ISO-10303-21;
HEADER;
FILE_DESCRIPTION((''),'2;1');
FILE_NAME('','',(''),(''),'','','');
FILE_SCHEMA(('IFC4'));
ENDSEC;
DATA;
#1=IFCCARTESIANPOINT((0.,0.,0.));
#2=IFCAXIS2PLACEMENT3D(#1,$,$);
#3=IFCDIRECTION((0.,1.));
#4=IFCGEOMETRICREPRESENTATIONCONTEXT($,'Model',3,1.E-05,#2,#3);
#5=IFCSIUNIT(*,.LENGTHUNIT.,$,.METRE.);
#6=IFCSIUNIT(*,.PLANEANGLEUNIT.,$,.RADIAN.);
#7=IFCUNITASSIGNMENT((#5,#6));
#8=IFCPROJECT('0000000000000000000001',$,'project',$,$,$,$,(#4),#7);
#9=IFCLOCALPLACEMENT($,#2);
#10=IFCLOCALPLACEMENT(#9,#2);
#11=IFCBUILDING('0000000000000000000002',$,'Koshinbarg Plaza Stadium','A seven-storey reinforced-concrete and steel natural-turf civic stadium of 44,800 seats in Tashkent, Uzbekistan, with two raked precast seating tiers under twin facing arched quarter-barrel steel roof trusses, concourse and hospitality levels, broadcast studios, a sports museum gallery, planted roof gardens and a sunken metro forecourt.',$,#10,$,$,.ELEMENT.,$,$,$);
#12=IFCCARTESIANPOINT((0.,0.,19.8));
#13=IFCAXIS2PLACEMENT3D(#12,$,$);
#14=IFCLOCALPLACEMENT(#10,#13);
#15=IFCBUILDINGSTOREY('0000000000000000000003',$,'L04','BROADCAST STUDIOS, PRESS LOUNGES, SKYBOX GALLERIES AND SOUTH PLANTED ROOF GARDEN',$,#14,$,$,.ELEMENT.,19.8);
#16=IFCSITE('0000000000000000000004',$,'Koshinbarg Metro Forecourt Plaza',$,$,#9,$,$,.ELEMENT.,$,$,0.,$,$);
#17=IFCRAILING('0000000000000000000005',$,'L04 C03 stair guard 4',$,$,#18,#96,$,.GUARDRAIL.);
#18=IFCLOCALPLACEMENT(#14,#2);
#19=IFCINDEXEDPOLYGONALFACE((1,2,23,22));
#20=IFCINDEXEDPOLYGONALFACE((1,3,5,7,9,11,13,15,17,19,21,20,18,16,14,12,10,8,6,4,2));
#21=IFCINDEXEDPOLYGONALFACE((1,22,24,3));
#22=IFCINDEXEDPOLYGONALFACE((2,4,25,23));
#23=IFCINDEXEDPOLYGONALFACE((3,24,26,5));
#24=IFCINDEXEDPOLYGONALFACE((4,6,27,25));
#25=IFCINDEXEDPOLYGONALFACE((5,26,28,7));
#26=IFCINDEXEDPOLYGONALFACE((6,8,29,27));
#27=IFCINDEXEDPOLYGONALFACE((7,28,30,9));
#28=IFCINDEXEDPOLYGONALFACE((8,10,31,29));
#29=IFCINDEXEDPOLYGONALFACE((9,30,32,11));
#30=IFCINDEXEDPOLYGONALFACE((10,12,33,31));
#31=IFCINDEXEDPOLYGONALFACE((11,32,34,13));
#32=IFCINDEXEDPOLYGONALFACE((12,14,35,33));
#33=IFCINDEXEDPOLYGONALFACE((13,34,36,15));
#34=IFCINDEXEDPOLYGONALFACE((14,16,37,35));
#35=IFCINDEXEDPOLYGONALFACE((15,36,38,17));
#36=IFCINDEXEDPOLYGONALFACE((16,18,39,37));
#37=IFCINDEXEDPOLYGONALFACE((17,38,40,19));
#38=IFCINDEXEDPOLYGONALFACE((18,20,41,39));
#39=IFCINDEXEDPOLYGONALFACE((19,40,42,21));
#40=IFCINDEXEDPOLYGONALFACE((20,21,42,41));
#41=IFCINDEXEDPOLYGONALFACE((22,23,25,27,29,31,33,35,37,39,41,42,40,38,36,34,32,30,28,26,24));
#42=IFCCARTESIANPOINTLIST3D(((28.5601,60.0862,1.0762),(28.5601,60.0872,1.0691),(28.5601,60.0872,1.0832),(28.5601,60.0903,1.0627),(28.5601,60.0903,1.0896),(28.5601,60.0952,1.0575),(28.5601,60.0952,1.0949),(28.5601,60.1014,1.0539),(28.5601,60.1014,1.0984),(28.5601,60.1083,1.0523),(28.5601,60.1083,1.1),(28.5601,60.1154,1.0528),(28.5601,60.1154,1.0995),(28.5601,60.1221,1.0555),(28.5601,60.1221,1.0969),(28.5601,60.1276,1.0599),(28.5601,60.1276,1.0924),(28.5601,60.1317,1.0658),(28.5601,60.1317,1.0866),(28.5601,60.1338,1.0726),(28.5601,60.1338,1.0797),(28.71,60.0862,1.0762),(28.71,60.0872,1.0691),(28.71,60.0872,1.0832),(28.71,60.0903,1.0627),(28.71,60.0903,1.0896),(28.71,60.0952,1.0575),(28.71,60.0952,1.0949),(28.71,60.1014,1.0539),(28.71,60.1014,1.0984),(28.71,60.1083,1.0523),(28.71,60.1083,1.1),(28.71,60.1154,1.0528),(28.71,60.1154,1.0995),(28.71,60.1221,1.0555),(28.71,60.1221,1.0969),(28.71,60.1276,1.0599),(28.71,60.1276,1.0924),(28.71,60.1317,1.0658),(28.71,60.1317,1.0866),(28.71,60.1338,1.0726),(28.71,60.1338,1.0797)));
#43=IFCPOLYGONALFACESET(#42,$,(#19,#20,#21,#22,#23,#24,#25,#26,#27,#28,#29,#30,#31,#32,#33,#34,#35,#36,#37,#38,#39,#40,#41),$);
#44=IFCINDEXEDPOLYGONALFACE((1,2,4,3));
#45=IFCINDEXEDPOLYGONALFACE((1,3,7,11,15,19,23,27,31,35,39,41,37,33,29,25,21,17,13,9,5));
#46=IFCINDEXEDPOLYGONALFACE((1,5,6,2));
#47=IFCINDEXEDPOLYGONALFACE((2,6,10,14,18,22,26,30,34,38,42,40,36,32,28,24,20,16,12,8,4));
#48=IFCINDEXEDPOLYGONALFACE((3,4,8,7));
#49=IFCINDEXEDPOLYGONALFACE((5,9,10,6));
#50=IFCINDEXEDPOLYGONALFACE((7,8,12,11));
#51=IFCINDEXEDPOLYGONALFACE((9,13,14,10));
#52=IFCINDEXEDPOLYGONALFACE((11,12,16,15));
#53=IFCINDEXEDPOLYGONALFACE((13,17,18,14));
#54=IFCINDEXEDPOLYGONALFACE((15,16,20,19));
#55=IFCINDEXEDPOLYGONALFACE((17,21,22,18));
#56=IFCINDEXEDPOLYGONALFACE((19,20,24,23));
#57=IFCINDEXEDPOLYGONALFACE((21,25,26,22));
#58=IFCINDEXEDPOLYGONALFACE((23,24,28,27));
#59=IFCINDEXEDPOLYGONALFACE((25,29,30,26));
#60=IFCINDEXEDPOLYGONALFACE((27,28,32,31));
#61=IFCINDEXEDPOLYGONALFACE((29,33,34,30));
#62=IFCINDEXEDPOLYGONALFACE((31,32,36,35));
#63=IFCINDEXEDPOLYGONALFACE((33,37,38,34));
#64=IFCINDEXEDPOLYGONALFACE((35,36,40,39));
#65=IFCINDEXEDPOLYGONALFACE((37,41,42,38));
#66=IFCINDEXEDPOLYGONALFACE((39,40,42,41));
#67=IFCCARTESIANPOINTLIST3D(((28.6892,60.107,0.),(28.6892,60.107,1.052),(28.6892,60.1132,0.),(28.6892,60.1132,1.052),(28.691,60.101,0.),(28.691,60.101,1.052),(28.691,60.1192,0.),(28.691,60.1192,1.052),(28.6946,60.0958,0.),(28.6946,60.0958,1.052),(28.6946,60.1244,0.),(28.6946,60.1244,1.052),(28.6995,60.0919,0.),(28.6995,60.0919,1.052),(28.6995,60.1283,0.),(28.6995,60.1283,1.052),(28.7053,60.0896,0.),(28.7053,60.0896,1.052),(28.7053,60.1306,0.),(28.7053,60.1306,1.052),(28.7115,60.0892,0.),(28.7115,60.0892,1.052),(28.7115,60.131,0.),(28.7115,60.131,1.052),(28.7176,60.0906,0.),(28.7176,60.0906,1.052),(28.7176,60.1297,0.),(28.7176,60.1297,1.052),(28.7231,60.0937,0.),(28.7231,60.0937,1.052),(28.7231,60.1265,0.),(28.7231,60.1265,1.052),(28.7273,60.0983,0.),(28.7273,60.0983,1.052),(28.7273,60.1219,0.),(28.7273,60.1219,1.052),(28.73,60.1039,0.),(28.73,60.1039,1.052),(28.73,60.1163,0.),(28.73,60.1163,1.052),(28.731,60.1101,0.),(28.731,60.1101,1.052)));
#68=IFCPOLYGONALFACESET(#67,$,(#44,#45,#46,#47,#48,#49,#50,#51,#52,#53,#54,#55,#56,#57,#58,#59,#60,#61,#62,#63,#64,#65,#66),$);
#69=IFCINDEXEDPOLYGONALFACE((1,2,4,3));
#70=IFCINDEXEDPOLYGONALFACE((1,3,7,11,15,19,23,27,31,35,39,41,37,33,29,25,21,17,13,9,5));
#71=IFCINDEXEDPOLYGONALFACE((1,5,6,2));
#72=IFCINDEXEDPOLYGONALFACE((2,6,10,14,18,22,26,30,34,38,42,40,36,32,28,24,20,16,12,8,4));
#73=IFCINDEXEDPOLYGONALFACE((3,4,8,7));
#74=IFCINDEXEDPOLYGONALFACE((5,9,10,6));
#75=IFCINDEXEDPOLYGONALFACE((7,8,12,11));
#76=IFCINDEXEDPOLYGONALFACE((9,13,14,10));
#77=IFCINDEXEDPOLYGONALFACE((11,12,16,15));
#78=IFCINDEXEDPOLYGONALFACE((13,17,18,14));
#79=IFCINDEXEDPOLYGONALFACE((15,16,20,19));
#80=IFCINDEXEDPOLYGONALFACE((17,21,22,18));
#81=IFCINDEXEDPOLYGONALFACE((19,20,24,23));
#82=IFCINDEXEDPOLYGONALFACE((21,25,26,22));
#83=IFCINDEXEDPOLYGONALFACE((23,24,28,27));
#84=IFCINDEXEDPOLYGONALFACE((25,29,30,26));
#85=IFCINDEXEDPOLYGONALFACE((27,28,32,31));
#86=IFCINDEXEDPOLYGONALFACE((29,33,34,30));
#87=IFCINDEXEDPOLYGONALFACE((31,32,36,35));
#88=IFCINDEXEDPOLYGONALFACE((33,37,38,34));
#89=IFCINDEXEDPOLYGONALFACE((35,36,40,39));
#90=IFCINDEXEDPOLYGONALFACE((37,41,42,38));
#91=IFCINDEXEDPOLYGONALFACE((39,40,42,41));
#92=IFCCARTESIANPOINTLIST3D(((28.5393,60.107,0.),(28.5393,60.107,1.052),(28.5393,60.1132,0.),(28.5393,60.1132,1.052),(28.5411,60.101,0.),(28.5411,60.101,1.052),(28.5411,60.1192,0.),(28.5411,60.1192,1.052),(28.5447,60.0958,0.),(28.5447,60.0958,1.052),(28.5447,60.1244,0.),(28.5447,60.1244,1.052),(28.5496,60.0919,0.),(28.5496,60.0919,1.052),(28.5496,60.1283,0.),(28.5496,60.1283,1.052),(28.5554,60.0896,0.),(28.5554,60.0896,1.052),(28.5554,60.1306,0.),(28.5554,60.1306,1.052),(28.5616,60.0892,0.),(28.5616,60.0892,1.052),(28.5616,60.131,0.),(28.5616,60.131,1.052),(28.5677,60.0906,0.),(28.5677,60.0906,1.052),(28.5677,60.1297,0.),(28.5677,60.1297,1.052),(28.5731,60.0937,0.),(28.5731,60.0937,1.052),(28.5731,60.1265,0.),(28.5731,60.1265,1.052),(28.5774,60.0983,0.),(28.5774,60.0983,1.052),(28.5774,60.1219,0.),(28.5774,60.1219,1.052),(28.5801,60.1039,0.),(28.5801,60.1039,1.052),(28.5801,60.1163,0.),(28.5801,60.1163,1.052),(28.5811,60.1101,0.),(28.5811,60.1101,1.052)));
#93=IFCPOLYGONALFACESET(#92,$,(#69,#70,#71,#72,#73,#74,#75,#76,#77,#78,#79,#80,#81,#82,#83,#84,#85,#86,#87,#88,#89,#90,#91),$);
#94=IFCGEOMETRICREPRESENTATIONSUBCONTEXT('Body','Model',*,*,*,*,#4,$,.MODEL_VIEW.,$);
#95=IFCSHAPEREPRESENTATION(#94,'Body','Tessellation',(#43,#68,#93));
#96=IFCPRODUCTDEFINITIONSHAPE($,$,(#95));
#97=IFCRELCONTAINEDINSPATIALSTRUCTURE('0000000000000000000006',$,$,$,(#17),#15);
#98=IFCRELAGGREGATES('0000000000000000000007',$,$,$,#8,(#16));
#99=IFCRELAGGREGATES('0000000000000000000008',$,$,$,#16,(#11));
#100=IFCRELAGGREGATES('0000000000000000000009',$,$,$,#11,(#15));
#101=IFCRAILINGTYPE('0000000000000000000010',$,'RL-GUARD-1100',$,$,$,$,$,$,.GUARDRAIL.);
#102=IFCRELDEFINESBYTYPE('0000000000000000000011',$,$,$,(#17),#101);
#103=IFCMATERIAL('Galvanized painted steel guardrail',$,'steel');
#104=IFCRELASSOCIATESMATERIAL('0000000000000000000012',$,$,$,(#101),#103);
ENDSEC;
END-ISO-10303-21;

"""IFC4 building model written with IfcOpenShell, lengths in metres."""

from ifc_helpers import new_model, si_unit, direction, frame, origin, origin_2d, place, context, subcontext, project, spatial, circle, extrude, material, type_object, element, save


model = new_model("IFC4")

# Units and contexts
model_context = context("Model", 3, precision=1e-05, world=origin(), true_north=direction((0.0, 1.0)))
body_context = subcontext(model_context, "Body", "Model", "MODEL_VIEW")
ifc_project = project(units=[si_unit("LENGTHUNIT", "METRE"), si_unit("PLANEANGLEUNIT", "RADIAN")], contexts=[model_context])

# Site, building, storey
site_placement = place(None, origin())
site = spatial("IfcSite", under=ifc_project, at=site_placement, Name="Koshinbarg Metro Forecourt Plaza", CompositionType="ELEMENT", RefElevation=0.0)
building_placement = place(site_placement, origin())
building = spatial("IfcBuilding", under=site, at=building_placement, Name="Koshinbarg Plaza Stadium", Description="A seven-storey reinforced-concrete and steel natural-turf civic stadium of 44,800 seats in Tashkent, Uzbekistan, with two raked precast seating tiers under twin facing arched quarter-barrel steel roof trusses, concourse and hospitality levels, broadcast studios, a sports museum gallery, planted roof gardens and a sunken metro forecourt.", CompositionType="ELEMENT")
storey_placement = place(building_placement, frame((0.0, 0.0, 19.8)))
storey = spatial("IfcBuildingStorey", under=building, at=storey_placement, Name="L04", Description="BROADCAST STUDIOS, PRESS LOUNGES, SKYBOX GALLERIES AND SOUTH PLANTED ROOF GARDEN", CompositionType="ELEMENT", Elevation=19.8)

# Railing
ifc_material_1 = material(Name="Galvanized painted steel guardrail", Category="steel")
railing_type_1 = type_object("IfcRailingType", Name="RL-GUARD-1100", PredefinedType="GUARDRAIL", material=ifc_material_1)
railing_1_placement = place(storey_placement, frame((28.71, 60.1101, 0.0)))
element("IfcRailing", 1, at=railing_1_placement, inside=storey, type_object=railing_type_1, Name="L04 C03 stair guard 4", PredefinedType="GUARDRAIL", context=body_context, shape_type="SweptSolid", body=[
    extrude(circle(Radius=0.0239, at=origin_2d()), frame((0.0, 0.0, 1.0762), z_axis=(-1.0, 0.0, 0.0), x_axis=(0.0, -1.0, 0.0)), (0.0, 0.0, 1.0), 0.1499),
    extrude(circle(Radius=0.021, at=origin_2d()), origin(), (0.0, 0.0, 1.0), 1.052),
    extrude(circle(Radius=0.021, at=origin_2d()), frame((-0.1499, 0.0, 0.0)), (0.0, 0.0, 1.0), 1.052),
])

save(model, "model.ifc")
